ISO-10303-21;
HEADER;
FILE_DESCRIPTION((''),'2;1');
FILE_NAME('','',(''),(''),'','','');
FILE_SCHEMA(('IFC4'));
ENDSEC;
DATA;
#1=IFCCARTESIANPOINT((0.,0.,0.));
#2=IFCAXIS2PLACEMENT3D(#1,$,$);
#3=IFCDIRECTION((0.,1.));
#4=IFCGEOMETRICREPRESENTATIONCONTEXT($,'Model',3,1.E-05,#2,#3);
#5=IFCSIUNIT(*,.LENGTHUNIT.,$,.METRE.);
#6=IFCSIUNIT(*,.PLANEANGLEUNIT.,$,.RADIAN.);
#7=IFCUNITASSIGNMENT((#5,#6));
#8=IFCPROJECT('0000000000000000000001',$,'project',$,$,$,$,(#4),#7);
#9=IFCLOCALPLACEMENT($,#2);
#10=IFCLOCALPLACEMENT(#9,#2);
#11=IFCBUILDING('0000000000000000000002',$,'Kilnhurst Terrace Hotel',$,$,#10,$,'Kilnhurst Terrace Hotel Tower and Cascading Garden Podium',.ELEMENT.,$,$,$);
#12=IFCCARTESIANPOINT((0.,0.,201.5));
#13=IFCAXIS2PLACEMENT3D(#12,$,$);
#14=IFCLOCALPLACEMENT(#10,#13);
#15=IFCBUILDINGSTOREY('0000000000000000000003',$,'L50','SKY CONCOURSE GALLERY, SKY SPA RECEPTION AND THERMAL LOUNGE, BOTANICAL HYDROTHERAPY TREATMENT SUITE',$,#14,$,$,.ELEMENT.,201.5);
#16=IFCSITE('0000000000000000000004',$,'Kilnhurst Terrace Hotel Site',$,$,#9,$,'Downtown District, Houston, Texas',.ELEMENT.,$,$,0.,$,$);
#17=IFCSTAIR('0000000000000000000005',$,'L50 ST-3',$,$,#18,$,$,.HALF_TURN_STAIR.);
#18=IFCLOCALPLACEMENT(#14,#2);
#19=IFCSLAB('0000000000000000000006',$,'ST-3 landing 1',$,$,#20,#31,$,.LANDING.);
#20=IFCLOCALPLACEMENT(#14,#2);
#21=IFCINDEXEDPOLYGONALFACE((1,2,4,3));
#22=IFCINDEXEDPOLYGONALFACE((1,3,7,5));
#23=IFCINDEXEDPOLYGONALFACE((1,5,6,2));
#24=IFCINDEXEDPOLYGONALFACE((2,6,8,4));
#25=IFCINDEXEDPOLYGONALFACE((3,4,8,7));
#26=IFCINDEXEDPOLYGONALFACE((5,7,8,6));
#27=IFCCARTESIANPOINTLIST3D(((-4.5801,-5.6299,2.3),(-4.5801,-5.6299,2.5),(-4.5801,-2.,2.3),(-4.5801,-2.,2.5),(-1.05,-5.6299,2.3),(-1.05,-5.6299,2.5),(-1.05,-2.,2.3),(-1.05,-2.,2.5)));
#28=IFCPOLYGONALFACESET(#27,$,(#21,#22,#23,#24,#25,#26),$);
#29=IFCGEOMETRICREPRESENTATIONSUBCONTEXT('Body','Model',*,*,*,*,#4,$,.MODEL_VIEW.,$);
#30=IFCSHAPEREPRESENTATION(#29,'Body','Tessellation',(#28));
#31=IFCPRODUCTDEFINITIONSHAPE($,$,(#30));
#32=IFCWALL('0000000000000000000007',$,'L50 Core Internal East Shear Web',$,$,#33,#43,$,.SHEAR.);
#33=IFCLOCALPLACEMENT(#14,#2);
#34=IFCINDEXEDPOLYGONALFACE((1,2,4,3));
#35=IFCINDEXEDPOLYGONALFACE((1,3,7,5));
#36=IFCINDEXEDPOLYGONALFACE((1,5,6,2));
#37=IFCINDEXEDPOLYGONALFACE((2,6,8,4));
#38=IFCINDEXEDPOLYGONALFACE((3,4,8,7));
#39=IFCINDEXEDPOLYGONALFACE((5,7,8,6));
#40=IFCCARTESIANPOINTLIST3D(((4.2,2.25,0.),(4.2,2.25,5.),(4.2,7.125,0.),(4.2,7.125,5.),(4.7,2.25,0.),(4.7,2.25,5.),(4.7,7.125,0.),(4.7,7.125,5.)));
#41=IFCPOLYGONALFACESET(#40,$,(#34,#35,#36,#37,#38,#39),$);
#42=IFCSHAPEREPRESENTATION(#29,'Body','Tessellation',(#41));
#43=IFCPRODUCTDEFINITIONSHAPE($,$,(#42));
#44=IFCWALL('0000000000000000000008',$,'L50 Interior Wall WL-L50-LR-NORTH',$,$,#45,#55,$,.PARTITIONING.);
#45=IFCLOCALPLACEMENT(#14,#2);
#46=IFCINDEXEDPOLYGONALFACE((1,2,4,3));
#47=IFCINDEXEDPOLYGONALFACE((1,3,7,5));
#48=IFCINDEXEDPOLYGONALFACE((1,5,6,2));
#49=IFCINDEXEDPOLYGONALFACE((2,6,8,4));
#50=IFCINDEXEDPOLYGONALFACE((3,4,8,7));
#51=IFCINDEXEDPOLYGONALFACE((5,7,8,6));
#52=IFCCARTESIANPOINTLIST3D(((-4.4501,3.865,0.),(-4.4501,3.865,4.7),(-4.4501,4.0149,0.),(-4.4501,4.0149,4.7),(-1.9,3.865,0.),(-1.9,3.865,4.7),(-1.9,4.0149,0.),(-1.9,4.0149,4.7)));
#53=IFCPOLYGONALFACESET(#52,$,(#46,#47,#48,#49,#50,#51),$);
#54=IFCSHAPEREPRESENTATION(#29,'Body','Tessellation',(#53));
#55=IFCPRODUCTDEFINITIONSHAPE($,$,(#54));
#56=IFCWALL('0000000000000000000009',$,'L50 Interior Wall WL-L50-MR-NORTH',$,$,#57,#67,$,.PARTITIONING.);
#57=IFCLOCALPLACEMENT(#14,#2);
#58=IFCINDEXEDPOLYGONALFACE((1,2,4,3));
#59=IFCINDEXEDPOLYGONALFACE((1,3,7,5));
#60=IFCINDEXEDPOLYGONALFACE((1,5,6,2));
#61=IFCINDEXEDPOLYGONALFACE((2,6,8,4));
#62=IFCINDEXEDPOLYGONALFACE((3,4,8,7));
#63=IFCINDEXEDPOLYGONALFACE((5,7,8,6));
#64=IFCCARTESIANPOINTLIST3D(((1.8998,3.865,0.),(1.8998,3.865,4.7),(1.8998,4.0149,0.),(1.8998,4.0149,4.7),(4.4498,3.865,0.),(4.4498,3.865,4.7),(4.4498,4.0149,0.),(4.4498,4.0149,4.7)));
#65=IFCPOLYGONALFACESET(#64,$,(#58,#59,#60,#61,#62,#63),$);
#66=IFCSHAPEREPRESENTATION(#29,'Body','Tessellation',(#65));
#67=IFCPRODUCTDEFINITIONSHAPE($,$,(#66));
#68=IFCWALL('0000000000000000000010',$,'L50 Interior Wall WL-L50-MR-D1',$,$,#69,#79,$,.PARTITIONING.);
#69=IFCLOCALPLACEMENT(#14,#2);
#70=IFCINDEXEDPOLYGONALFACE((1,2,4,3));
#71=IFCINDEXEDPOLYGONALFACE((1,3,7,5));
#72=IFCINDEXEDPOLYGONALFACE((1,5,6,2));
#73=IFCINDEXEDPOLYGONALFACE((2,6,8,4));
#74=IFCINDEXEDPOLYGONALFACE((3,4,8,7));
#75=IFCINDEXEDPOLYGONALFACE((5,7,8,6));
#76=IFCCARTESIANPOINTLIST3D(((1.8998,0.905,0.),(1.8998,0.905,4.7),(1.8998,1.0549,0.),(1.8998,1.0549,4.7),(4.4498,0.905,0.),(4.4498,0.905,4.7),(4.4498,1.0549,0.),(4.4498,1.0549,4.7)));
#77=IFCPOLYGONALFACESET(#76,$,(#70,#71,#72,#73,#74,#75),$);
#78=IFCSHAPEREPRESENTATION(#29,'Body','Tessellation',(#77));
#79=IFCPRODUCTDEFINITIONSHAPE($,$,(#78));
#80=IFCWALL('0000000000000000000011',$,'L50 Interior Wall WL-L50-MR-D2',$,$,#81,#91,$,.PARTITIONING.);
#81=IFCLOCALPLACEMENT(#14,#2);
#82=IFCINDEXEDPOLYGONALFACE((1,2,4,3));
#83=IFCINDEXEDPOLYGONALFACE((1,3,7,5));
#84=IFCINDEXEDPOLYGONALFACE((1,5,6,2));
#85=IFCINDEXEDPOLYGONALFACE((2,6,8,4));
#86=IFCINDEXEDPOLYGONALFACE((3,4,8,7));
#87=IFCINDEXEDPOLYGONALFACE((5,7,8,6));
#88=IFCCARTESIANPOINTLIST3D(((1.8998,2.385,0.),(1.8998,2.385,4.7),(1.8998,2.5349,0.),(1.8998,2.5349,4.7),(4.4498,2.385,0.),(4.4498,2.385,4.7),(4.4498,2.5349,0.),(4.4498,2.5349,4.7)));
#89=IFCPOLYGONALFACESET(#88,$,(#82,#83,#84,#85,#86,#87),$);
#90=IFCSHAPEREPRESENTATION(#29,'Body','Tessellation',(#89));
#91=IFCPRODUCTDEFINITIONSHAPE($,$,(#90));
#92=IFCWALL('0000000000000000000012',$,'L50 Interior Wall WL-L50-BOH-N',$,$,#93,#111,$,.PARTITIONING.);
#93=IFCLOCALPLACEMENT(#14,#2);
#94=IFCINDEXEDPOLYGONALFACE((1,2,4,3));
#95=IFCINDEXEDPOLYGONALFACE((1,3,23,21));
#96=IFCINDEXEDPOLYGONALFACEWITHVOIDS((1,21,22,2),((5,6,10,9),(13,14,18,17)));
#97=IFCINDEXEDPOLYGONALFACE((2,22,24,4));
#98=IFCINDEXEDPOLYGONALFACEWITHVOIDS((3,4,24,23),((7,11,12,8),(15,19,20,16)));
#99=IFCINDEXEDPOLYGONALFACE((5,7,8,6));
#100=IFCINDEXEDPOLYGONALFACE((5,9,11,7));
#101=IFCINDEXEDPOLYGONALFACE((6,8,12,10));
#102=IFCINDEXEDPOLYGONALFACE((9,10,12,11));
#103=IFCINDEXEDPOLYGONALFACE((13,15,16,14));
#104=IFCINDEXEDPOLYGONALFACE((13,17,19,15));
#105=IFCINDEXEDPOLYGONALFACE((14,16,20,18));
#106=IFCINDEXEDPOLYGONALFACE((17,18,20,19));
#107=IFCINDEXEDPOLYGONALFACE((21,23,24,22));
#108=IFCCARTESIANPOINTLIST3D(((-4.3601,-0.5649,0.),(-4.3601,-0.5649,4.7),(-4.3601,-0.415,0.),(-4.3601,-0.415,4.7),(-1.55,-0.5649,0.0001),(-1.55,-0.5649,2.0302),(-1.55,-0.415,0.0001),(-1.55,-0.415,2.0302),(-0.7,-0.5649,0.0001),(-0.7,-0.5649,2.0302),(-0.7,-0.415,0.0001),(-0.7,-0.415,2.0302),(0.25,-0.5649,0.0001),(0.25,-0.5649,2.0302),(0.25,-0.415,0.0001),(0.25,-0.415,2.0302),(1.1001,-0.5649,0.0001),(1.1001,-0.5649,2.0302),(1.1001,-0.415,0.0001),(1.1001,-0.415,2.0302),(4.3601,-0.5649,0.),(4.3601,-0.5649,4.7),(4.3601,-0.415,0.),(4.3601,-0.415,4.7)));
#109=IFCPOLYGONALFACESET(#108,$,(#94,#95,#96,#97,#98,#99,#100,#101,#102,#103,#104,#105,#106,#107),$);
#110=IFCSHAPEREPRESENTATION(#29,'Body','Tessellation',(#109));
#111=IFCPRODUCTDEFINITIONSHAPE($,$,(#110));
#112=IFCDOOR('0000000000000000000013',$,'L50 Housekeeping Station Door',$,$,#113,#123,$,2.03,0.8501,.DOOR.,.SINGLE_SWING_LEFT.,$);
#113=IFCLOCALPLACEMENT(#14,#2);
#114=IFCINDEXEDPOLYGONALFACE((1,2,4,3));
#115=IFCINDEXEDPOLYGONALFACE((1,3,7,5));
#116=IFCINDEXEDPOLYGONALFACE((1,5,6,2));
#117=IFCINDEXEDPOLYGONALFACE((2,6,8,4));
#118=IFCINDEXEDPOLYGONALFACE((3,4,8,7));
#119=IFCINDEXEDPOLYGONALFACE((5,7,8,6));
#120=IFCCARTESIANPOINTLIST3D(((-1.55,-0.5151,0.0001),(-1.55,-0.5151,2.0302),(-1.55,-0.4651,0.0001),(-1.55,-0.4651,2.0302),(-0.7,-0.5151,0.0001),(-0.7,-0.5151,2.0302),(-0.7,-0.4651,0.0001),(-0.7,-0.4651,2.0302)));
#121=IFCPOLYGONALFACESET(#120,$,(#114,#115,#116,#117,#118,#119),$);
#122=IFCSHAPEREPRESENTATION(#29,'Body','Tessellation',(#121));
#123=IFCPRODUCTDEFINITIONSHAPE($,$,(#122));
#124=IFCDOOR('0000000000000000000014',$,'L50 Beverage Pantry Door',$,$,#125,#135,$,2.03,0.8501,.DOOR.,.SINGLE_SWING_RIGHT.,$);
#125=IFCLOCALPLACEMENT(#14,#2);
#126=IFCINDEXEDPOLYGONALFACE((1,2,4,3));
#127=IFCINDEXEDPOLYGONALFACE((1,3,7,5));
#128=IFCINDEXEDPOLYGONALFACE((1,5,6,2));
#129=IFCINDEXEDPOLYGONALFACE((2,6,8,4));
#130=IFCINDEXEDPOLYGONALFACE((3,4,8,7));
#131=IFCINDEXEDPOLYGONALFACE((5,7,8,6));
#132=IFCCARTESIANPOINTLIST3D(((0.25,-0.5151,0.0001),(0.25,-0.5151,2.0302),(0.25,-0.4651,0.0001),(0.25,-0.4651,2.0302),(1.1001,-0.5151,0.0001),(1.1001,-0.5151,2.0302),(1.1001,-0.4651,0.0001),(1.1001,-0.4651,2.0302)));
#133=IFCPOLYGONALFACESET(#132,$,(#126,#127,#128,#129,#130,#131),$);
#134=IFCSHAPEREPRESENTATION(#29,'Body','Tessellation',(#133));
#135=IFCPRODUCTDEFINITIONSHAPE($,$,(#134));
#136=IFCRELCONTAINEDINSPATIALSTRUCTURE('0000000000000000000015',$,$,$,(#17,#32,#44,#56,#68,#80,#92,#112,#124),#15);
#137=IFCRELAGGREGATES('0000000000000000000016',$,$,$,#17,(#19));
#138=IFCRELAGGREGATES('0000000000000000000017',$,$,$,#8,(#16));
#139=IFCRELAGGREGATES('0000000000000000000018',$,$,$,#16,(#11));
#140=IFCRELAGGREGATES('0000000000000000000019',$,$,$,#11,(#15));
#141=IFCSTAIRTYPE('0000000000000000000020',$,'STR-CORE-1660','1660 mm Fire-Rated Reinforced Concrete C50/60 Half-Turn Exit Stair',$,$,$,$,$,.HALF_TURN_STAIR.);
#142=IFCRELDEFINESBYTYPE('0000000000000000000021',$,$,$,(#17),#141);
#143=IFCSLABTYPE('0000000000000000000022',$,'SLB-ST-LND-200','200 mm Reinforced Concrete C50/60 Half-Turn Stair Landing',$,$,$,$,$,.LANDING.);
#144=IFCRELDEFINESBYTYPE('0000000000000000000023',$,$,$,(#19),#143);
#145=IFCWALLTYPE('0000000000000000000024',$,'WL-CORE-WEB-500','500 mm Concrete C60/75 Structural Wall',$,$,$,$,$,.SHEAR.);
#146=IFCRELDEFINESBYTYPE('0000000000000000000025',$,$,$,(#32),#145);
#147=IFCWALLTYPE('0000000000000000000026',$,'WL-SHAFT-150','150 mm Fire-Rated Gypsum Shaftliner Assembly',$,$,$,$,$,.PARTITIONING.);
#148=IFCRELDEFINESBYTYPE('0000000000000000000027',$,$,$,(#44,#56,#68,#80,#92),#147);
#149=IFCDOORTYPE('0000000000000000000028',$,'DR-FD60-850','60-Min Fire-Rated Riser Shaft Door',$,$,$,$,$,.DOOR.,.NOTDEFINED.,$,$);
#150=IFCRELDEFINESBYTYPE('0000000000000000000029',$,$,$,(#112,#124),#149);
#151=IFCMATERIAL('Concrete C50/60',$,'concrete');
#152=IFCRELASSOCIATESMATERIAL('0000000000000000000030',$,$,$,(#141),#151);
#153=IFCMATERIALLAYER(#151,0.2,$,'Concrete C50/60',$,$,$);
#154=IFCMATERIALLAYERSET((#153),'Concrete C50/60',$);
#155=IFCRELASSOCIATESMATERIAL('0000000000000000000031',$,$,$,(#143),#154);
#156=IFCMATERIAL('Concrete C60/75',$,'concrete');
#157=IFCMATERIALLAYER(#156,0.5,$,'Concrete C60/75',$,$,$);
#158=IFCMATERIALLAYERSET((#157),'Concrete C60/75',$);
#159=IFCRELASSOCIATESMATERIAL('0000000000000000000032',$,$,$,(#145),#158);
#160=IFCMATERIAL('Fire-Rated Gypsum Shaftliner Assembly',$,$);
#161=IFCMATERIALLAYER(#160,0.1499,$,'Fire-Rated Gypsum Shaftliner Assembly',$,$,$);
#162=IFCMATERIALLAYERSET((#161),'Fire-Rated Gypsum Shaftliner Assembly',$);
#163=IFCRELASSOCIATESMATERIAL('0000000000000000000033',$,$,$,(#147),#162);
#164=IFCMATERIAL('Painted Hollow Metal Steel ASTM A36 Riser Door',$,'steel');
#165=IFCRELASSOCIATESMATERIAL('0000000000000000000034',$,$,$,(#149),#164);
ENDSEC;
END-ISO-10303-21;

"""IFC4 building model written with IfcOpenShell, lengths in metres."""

from ifc_helpers import new_model, si_unit, direction, frame, frame_2d, origin, place, context, subcontext, project, spatial, polyline, rectangle, outline, extrude, material, layer, layer_set, type_object, element, fill, aggregate, save


model = new_model("IFC4")

# Units and contexts
model_context = context("Model", 3, precision=1e-05, world=origin(), true_north=direction((0.0, 1.0)))
body_context = subcontext(model_context, "Body", "Model", "MODEL_VIEW")
ifc_project = project(units=[si_unit("LENGTHUNIT", "METRE"), si_unit("PLANEANGLEUNIT", "RADIAN")], contexts=[model_context])

# Site, building, storey
site_placement = place(None, origin())
site = spatial("IfcSite", under=ifc_project, at=site_placement, Name="Kilnhurst Terrace Hotel Site", LongName="Downtown District, Houston, Texas", CompositionType="ELEMENT", RefElevation=0.0)
building_placement = place(site_placement, origin())
building = spatial("IfcBuilding", under=site, at=building_placement, Name="Kilnhurst Terrace Hotel", LongName="Kilnhurst Terrace Hotel Tower and Cascading Garden Podium", CompositionType="ELEMENT")
storey_placement = place(building_placement, frame((0.0, 0.0, 201.5)))
storey = spatial("IfcBuildingStorey", under=building, at=storey_placement, Name="L50", Description="SKY CONCOURSE GALLERY, SKY SPA RECEPTION AND THERMAL LOUNGE, BOTANICAL HYDROTHERAPY TREATMENT SUITE", CompositionType="ELEMENT", Elevation=201.5)

# Shared definitions
ifc_material_1 = material(Name="Concrete C50/60", Category="concrete")

# Stair, slab
stair_type = type_object("IfcStairType", Name="STR-CORE-1660", Description="1660 mm Fire-Rated Reinforced Concrete C50/60 Half-Turn Exit Stair", PredefinedType="HALF_TURN_STAIR", material=ifc_material_1)
ifc_layer_1 = layer(ifc_material_1, 0.2, Name="Concrete C50/60")
ifc_layer_set_1 = layer_set([ifc_layer_1], Name="Concrete C50/60")
slab_type_1 = type_object("IfcSlabType", Name="SLB-ST-LND-200", Description="200 mm Reinforced Concrete C50/60 Half-Turn Stair Landing", PredefinedType="LANDING", material=ifc_layer_set_1)
stair_1_placement = place(storey_placement, origin())
stair_1 = element("IfcStair", 1, at=stair_1_placement, inside=storey, type_object=stair_type, Name="L50 ST-3", PredefinedType="HALF_TURN_STAIR")
slab_1_placement = place(storey_placement, frame((0.0, 0.0, 2.3)))
slab_1 = element("IfcSlab", 2, at=slab_1_placement, type_object=slab_type_1, Name="ST-3 landing 1", PredefinedType="LANDING", context=body_context, shape_type="SweptSolid", body=[
    extrude(outline(polyline([(-1.05, -2.0), (-1.05, -5.6299), (-4.5801, -5.6299), (-4.5801, -2.0), (-1.05, -2.0)])), origin(), (0.0, 0.0, 1.0), 0.2),
])
aggregate(stair_1, [slab_1])

# Walls
ifc_material_2 = material(Name="Concrete C60/75", Category="concrete")
ifc_layer_2 = layer(ifc_material_2, 0.5, Name="Concrete C60/75")
ifc_layer_set_2 = layer_set([ifc_layer_2], Name="Concrete C60/75")
wall_type_1 = type_object("IfcWallType", Name="WL-CORE-WEB-500", Description="500 mm Concrete C60/75 Structural Wall", PredefinedType="SHEAR", material=ifc_layer_set_2)
wall_1_placement = place(storey_placement, frame((4.45, 2.25, 0.0), z_axis=(0.0, 0.0, 1.0), x_axis=(0.0, 1.0, 0.0)))
element("IfcWall", 3, at=wall_1_placement, inside=storey, type_object=wall_type_1, Name="L50 Core Internal East Shear Web", PredefinedType="SHEAR", context=body_context, shape_type="SweptSolid", body=[
    extrude(rectangle(XDim=4.875, YDim=0.5, at=frame_2d((2.4375, 0.0))), origin(), (0.0, 0.0, 1.0), 5.0),
])
ifc_material_3 = material(Name="Fire-Rated Gypsum Shaftliner Assembly")
ifc_layer_3 = layer(ifc_material_3, 0.1499, Name="Fire-Rated Gypsum Shaftliner Assembly")
ifc_layer_set_3 = layer_set([ifc_layer_3], Name="Fire-Rated Gypsum Shaftliner Assembly")
wall_type_2 = type_object("IfcWallType", Name="WL-SHAFT-150", Description="150 mm Fire-Rated Gypsum Shaftliner Assembly", PredefinedType="PARTITIONING", material=ifc_layer_set_3)
for number, where, z_axis, x_axis, name in (
    (4, (-4.45, 3.9399, 0.0), (0.0, 0.0, 1.0), (1.0, 0.0, 0.0), "L50 Interior Wall WL-L50-LR-NORTH"),
    (5, (1.8999, 3.9399, 0.0), (0.0, 0.0, 1.0), (1.0, 0.0, 0.0), "L50 Interior Wall WL-L50-MR-NORTH"),
    (6, (1.8999, 0.98, 0.0), (0.0, 0.0, 1.0), (1.0, 0.0, 0.0), "L50 Interior Wall WL-L50-MR-D1"),
    (7, (1.8999, 2.46, 0.0), (0.0, 0.0, 1.0), (1.0, 0.0, 0.0), "L50 Interior Wall WL-L50-MR-D2"),
):
    element("IfcWall", number, at=place(storey_placement, frame(where, z_axis=z_axis, x_axis=x_axis)), inside=storey, type_object=wall_type_2, Name=name, PredefinedType="PARTITIONING", context=body_context, shape_type="SweptSolid", body=[
        extrude(rectangle(XDim=2.55, YDim=0.1499, at=frame_2d((1.2749, 0.0))), origin(), (0.0, 0.0, 1.0), 4.7),
    ])

# Wall, openings, doors
wall_2_placement = place(storey_placement, frame((-4.3601, -0.49, 0.0), z_axis=(0.0, 0.0, 1.0), x_axis=(1.0, 0.0, 0.0)))
wall_2 = element("IfcWall", 8, at=wall_2_placement, inside=storey, type_object=wall_type_2, Name="L50 Interior Wall WL-L50-BOH-N", PredefinedType="PARTITIONING", context=body_context, shape_type="SweptSolid", body=[
    extrude(rectangle(XDim=8.7202, YDim=0.1499, at=frame_2d((4.3601, 0.0))), origin(), (0.0, 0.0, 1.0), 4.7),
])
opening_1_placement = place(wall_2_placement, frame((2.8101, 0.0, 0.0)))
opening_1 = element("IfcOpeningElement", 9, at=opening_1_placement, cuts=wall_2, PredefinedType="OPENING", context=body_context, shape_type="SweptSolid", body=[
    extrude(rectangle(XDim=0.8501, YDim=2.03, at=frame_2d((0.425, 1.0151))), frame((0.0, 0.085, 0.0), z_axis=(0.0, -1.0, 0.0), x_axis=(1.0, 0.0, 0.0)), (0.0, 0.0, 1.0), 0.1699),
])
opening_2_placement = place(wall_2_placement, frame((4.6101, 0.0, 0.0)))
opening_2 = element("IfcOpeningElement", 10, at=opening_2_placement, cuts=wall_2, PredefinedType="OPENING", context=body_context, shape_type="SweptSolid", body=[
    extrude(rectangle(XDim=0.8501, YDim=2.03, at=frame_2d((0.425, 1.0151))), frame((0.0, 0.085, 0.0), z_axis=(0.0, -1.0, 0.0), x_axis=(1.0, 0.0, 0.0)), (0.0, 0.0, 1.0), 0.1699),
])
ifc_material_4 = material(Name="Painted Hollow Metal Steel ASTM A36 Riser Door", Category="steel")
door_type_1 = type_object("IfcDoorType", Name="DR-FD60-850", Description="60-Min Fire-Rated Riser Shaft Door", OperationType="NOTDEFINED", PredefinedType="DOOR", material=ifc_material_4)
door_1_placement = place(opening_1_placement, origin())
door_1 = element("IfcDoor", 11, at=door_1_placement, inside=storey, type_object=door_type_1, Name="L50 Housekeeping Station Door", OperationType="SINGLE_SWING_LEFT", OverallHeight=2.03, OverallWidth=0.8501, PredefinedType="DOOR", context=body_context, shape_type="SweptSolid", body=[
    extrude(rectangle(XDim=0.8501, YDim=2.03, at=frame_2d((0.425, 1.0151))), frame((0.0, 0.0249, 0.0), z_axis=(0.0, -1.0, 0.0), x_axis=(1.0, 0.0, 0.0)), (0.0, 0.0, 1.0), 0.05),
])
fill(opening_1, door_1)
door_2_placement = place(opening_2_placement, origin())
door_2 = element("IfcDoor", 12, at=door_2_placement, inside=storey, type_object=door_type_1, Name="L50 Beverage Pantry Door", OperationType="SINGLE_SWING_RIGHT", OverallHeight=2.03, OverallWidth=0.8501, PredefinedType="DOOR", context=body_context, shape_type="SweptSolid", body=[
    extrude(rectangle(XDim=0.8501, YDim=2.03, at=frame_2d((0.425, 1.0151))), frame((0.0, 0.0249, 0.0), z_axis=(0.0, -1.0, 0.0), x_axis=(1.0, 0.0, 0.0)), (0.0, 0.0, 1.0), 0.05),
])
fill(opening_2, door_2)

save(model, "model.ifc")
